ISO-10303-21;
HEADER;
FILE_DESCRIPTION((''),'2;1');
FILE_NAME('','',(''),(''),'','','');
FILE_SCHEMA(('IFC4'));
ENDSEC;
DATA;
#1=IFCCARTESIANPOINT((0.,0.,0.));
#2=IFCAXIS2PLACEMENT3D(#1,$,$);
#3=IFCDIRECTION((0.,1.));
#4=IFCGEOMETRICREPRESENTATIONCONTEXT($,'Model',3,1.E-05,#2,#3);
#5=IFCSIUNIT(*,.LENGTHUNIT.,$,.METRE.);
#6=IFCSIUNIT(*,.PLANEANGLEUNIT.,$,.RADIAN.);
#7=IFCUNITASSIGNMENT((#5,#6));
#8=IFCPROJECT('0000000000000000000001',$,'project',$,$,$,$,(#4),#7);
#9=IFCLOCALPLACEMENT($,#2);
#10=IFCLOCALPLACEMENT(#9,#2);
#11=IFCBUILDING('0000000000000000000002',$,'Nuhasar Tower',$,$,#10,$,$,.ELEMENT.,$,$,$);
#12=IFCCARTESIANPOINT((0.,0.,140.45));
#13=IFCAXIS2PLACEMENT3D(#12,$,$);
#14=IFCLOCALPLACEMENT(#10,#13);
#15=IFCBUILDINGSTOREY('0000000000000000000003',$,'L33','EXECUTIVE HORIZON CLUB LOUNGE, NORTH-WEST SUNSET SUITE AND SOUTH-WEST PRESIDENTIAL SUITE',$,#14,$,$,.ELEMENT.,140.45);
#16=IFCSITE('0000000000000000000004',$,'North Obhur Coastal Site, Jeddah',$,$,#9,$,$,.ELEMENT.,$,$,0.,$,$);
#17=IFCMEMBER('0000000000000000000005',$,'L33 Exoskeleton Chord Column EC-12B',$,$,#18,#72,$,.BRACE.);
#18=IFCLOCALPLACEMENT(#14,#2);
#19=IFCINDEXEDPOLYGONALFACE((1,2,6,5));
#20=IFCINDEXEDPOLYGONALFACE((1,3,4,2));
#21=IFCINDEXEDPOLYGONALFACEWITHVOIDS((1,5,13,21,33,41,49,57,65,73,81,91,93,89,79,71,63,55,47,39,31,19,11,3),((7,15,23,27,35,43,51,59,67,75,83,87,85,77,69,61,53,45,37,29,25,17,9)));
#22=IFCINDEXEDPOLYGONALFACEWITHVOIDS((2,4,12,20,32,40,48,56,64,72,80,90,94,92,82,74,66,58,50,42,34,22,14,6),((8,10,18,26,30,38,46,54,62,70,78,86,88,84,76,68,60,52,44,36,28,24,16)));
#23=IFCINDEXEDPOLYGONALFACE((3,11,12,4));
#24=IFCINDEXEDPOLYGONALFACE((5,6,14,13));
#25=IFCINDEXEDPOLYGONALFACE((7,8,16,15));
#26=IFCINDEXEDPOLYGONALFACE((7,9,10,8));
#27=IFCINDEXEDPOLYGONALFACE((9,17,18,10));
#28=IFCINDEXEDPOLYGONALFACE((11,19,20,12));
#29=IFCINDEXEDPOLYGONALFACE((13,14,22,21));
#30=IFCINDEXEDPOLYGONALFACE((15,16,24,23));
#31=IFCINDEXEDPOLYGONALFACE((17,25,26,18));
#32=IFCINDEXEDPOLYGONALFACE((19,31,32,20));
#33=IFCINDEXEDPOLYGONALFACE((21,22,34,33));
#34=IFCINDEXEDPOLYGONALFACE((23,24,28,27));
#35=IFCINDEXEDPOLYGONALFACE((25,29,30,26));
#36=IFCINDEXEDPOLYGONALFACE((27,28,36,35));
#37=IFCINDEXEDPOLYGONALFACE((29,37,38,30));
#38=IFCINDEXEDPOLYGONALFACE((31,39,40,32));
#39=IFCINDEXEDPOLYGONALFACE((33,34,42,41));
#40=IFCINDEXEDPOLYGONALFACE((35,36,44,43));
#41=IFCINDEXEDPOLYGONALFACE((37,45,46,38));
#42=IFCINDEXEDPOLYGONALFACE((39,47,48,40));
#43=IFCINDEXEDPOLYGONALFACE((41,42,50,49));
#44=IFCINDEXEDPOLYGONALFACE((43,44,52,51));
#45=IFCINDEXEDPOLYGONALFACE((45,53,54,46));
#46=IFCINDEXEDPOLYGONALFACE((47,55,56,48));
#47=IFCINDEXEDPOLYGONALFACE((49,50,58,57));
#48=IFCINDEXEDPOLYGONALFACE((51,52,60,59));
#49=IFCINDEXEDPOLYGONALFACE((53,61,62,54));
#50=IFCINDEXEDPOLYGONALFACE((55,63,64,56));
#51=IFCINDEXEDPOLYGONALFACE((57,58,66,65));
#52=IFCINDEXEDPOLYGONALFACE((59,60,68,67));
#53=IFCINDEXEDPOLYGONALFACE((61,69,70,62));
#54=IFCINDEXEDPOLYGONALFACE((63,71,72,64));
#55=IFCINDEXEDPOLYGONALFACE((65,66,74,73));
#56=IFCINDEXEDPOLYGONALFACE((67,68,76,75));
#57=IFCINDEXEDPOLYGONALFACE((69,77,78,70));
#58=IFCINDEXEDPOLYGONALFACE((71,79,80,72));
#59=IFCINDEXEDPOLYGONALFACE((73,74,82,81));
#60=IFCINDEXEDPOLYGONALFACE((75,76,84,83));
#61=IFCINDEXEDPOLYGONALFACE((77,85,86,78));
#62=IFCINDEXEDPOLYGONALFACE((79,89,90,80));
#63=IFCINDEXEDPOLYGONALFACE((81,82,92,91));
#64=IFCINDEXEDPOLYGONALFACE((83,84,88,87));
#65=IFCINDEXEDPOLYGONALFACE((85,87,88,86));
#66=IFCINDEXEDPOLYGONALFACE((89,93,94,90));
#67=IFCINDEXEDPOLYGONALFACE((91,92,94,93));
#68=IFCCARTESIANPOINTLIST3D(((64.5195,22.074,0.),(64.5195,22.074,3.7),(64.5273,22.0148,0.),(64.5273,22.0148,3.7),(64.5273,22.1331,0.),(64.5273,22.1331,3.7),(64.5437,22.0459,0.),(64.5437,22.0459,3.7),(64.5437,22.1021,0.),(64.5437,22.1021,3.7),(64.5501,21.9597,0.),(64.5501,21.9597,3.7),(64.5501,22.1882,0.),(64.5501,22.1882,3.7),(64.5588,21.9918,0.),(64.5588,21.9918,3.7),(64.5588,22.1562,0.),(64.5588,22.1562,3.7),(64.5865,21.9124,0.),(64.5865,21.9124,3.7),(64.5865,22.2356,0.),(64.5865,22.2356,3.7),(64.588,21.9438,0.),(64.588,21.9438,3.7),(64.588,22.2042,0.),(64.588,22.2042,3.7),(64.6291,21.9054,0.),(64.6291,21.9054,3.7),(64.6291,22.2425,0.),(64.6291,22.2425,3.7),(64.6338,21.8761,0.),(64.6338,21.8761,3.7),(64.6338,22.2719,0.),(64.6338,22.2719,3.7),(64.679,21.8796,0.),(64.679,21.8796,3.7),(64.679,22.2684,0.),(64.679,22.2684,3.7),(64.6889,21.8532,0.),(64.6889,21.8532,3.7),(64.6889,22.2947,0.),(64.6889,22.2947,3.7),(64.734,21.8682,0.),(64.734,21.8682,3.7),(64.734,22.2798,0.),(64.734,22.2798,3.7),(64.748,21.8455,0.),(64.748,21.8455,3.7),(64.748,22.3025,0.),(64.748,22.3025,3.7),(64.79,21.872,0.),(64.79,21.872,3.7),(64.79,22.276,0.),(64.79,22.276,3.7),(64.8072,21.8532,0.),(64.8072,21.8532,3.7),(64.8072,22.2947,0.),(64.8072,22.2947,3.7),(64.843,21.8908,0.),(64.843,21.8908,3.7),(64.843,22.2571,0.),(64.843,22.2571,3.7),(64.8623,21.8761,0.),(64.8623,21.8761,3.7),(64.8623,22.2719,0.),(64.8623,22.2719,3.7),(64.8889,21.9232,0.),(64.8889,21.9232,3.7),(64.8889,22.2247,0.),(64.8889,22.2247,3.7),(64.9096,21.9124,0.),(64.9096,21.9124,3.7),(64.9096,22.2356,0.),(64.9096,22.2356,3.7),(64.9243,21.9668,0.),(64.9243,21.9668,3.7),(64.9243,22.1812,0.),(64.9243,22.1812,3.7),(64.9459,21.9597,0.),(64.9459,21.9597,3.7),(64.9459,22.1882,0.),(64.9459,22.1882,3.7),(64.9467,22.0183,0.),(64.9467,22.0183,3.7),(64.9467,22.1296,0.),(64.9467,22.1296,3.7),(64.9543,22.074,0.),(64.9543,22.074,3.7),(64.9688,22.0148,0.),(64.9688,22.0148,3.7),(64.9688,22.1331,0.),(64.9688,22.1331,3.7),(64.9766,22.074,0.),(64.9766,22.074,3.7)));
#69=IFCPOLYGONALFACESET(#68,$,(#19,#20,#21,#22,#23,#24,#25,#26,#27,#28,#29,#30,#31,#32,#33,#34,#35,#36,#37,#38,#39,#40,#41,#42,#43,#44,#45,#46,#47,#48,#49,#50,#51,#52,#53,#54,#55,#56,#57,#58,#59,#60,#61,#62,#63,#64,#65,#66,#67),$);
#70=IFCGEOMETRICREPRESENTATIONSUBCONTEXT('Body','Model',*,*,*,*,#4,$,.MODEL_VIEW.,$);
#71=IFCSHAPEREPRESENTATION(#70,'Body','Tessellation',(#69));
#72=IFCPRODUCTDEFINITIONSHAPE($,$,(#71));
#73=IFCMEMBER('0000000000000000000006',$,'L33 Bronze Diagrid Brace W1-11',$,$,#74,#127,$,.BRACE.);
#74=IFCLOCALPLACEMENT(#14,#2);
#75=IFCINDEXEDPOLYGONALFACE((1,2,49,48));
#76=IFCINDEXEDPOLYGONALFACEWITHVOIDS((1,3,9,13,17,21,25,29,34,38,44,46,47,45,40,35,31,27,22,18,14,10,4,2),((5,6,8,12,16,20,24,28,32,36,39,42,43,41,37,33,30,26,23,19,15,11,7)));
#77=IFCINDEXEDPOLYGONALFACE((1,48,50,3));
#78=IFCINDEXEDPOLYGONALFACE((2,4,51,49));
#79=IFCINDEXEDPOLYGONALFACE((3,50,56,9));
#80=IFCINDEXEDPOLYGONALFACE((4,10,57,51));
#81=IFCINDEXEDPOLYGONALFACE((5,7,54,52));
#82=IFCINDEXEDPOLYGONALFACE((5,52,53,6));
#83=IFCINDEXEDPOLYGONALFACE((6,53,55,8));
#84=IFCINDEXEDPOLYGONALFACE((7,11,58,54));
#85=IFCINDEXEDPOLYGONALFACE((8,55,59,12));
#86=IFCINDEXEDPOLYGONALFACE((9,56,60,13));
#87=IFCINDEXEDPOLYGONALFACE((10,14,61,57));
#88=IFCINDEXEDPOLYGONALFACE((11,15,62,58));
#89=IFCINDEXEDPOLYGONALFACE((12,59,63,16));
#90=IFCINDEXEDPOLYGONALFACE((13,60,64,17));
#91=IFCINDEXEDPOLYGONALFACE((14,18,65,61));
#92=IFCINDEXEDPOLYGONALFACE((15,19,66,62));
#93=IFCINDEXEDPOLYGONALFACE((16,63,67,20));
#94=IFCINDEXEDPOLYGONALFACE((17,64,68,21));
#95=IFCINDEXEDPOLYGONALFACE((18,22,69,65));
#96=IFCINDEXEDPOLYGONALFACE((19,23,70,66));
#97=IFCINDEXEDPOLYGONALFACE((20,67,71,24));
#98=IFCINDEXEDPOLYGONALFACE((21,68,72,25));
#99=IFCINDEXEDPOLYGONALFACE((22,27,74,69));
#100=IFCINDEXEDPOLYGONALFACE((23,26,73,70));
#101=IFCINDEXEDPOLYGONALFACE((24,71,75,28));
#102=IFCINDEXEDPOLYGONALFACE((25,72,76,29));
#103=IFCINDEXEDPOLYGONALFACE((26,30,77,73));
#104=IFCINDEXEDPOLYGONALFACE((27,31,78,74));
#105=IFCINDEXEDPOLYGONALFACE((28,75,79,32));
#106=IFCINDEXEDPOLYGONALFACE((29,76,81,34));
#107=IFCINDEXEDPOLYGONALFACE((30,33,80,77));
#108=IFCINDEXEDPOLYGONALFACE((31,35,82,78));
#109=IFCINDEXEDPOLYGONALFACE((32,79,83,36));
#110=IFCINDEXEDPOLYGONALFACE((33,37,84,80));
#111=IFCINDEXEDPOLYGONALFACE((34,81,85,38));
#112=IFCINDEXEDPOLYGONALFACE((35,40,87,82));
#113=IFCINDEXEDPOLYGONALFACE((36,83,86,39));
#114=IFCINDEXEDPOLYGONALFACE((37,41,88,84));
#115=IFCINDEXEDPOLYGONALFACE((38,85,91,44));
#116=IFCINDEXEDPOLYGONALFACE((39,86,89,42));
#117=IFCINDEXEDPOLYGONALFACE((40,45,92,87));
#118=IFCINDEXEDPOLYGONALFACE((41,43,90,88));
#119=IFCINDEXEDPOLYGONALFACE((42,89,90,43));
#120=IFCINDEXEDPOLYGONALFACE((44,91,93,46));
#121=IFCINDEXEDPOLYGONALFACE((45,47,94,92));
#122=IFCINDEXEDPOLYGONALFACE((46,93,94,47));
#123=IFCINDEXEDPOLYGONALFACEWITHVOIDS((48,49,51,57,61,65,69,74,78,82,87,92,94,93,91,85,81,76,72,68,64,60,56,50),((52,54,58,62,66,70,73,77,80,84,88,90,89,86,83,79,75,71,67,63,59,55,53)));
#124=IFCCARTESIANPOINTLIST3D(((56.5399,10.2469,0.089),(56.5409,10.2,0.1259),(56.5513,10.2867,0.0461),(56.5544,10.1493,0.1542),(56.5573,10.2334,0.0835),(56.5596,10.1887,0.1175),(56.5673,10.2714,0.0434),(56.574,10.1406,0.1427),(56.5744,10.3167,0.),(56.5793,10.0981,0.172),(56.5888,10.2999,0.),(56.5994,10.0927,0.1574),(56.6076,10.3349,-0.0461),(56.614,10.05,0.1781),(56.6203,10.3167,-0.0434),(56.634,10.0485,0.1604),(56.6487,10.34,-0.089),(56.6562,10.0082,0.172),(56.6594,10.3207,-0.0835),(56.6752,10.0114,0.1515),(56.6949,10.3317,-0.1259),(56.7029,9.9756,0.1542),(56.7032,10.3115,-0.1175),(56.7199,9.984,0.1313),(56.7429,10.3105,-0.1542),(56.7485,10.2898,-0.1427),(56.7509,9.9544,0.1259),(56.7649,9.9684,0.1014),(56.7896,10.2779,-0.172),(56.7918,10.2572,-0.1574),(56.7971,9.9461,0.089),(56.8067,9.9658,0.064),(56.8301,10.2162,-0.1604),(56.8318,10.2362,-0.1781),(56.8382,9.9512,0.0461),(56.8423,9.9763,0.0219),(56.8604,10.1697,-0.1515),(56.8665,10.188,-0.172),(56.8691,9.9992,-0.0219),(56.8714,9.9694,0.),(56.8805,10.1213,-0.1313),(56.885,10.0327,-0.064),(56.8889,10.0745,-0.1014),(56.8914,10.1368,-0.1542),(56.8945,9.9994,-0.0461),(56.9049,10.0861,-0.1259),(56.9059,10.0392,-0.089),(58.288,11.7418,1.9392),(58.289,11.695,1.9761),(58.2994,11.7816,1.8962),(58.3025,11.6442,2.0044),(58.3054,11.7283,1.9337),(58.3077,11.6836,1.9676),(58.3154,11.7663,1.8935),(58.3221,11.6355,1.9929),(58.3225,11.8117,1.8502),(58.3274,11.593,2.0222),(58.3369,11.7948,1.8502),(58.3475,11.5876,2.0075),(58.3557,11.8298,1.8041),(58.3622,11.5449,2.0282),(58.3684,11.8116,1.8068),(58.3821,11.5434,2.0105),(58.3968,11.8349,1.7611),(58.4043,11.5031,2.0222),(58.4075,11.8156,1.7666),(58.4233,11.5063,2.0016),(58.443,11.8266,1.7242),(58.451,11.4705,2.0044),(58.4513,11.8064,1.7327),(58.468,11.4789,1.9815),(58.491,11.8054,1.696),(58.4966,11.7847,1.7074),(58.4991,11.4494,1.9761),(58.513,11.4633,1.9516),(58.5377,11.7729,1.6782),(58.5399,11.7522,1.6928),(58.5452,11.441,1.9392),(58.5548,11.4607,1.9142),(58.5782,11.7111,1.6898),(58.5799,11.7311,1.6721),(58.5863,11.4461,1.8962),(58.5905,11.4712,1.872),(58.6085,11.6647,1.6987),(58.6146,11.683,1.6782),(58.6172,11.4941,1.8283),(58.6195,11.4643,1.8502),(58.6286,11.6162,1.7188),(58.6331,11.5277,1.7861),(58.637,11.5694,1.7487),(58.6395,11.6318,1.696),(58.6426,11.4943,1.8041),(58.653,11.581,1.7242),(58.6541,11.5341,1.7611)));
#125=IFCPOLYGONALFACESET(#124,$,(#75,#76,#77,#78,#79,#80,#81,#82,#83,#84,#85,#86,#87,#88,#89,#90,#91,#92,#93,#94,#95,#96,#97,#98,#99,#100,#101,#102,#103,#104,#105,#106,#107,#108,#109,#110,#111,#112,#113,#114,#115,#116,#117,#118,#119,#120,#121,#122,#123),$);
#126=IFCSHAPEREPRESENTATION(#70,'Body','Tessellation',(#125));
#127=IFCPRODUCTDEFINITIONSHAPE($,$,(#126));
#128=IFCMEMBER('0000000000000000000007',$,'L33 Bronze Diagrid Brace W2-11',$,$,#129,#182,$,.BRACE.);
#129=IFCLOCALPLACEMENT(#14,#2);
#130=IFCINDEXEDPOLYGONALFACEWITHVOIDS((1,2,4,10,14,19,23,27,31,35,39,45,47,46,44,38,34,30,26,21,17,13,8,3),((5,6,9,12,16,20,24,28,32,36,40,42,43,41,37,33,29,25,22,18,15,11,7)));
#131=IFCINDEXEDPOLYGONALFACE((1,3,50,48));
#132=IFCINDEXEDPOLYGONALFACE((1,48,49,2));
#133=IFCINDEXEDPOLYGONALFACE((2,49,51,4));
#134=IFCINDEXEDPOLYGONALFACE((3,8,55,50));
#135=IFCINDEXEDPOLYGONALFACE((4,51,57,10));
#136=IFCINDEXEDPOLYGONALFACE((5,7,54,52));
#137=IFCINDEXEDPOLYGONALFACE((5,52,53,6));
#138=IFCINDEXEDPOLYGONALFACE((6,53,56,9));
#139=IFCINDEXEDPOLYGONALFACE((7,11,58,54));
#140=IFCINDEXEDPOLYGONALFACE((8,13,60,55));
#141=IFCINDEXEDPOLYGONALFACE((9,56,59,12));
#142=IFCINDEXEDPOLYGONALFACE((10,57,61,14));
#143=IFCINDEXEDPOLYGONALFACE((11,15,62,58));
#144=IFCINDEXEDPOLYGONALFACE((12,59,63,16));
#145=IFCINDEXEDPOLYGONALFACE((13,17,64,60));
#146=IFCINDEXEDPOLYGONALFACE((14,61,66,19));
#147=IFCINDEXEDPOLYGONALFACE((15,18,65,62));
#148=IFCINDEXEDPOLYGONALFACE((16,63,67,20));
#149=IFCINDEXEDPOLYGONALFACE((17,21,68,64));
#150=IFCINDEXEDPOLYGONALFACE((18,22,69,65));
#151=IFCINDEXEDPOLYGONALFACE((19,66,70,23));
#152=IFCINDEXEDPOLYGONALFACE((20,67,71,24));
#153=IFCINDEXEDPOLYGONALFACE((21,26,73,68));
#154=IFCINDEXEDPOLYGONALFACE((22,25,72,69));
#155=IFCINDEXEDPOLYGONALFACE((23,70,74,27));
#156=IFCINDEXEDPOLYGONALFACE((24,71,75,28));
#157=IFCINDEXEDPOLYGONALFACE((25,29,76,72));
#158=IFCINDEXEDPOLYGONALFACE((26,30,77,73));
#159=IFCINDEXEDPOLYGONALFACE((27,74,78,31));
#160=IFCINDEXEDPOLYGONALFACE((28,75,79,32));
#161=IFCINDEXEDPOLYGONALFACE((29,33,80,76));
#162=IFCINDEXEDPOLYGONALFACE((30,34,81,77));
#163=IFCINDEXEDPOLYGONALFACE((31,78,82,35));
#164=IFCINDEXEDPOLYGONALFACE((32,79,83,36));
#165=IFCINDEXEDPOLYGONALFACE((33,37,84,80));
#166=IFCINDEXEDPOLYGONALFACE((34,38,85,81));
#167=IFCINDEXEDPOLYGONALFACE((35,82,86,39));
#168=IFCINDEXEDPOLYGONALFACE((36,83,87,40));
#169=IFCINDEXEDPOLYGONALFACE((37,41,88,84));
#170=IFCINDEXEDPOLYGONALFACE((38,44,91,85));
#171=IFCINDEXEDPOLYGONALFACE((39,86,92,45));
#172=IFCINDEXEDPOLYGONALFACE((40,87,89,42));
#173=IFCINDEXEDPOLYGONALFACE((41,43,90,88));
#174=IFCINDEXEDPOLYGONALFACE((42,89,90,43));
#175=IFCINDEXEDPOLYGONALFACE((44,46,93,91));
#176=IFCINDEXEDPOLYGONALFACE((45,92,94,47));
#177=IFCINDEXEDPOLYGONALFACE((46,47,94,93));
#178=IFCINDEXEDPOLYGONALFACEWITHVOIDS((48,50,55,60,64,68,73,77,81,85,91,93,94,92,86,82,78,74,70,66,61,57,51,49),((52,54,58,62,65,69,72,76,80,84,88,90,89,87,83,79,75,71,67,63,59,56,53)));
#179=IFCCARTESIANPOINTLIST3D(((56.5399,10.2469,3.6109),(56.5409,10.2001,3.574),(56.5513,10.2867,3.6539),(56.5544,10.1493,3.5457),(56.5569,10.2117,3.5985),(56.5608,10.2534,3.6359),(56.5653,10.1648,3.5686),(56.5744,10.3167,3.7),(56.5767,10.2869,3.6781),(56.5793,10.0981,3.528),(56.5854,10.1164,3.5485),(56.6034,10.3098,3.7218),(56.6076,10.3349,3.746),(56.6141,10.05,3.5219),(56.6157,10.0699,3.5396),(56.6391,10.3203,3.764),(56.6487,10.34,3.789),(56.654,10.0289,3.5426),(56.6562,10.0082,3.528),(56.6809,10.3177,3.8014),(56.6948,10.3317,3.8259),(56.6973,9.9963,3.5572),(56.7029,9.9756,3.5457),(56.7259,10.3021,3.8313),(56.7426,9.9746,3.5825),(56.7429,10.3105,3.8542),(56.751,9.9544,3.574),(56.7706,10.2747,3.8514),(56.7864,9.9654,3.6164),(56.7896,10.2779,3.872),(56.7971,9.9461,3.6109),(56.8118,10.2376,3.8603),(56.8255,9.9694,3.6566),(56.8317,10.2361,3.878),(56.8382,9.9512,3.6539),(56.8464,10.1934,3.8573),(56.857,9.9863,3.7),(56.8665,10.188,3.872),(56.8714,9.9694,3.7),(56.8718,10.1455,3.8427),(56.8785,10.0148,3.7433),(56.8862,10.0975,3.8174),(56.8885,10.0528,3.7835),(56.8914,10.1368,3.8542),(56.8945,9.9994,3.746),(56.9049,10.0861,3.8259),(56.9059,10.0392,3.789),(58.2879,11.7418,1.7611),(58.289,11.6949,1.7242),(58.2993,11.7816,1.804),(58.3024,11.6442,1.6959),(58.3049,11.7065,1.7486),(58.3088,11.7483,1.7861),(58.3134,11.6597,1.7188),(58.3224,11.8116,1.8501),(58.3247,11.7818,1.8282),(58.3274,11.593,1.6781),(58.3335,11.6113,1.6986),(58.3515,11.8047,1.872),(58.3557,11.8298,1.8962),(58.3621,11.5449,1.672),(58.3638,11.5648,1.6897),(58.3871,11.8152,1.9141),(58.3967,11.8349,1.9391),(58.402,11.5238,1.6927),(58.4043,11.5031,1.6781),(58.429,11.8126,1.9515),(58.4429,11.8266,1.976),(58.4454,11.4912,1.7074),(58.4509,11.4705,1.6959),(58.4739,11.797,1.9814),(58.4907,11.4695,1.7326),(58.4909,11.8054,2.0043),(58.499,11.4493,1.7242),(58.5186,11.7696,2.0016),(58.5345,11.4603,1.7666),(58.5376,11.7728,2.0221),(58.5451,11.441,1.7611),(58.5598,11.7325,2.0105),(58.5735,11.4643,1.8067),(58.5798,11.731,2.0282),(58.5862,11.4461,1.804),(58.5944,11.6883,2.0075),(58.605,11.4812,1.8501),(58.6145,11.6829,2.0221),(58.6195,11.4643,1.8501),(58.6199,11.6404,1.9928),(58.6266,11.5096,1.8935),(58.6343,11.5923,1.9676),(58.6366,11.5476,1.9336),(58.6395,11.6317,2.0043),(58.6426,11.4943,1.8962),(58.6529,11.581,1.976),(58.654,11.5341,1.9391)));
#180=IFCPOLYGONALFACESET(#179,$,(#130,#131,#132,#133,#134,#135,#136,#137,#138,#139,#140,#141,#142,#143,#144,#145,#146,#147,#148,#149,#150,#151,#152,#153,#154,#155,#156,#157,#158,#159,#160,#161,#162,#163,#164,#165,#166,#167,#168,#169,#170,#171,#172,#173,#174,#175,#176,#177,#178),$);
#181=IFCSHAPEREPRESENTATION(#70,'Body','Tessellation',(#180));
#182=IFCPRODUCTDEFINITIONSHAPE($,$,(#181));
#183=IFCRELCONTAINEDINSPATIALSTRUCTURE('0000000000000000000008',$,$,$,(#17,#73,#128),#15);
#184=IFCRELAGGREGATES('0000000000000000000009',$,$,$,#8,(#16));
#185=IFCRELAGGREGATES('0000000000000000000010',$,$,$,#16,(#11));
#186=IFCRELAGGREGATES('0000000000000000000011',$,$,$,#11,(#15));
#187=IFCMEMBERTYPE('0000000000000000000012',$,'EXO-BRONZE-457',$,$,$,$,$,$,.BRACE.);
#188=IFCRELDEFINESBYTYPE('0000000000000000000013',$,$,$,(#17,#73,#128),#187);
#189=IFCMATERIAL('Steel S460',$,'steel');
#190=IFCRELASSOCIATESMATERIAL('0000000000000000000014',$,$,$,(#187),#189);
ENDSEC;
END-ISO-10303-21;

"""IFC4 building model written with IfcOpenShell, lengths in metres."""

from ifc_helpers import new_model, si_unit, direction, frame, origin, origin_2d, place, context, subcontext, project, spatial, hollow_circle, extrude, material, material_profile, profile_set, type_object, element, save


model = new_model("IFC4")

# Units and contexts
model_context = context("Model", 3, precision=1e-05, world=origin(), true_north=direction((0.0, 1.0)))
body_context = subcontext(model_context, "Body", "Model", "MODEL_VIEW")
ifc_project = project(units=[si_unit("LENGTHUNIT", "METRE"), si_unit("PLANEANGLEUNIT", "RADIAN")], contexts=[model_context])

# Site, building, storey
site_placement = place(None, origin())
site = spatial("IfcSite", under=ifc_project, at=site_placement, Name="North Obhur Coastal Site, Jeddah", CompositionType="ELEMENT", RefElevation=0.0)
building_placement = place(site_placement, origin())
building = spatial("IfcBuilding", under=site, at=building_placement, Name="Nuhasar Tower", CompositionType="ELEMENT")
storey_placement = place(building_placement, frame((0.0, 0.0, 140.45)))
storey = spatial("IfcBuildingStorey", under=building, at=storey_placement, Name="L33", Description="EXECUTIVE HORIZON CLUB LOUNGE, NORTH-WEST SUNSET SUITE AND SOUTH-WEST PRESIDENTIAL SUITE", CompositionType="ELEMENT", Elevation=140.45)

# Members
ifc_material_1 = material(Name="Steel S460", Category="steel")
ifc_material_profile_1 = material_profile(ifc_material_1, hollow_circle(Radius=0.2285, WallThickness=0.0222, at=origin_2d()), Name="HSS457X22.2")
ifc_profile_set_1 = profile_set([ifc_material_profile_1], Name="Steel S460")
member_type_1 = type_object("IfcMemberType", Name="EXO-BRONZE-457", PredefinedType="BRACE", material=ifc_profile_set_1)
for number, where, z_axis, x_axis, name in (
    (1, (64.748, 22.074, 0.0), (0.0, 0.0, 1.0), (1.0, 0.0, 0.0), "L33 Exoskeleton Chord Column EC-12B"),
):
    element("IfcMember", number, at=place(storey_placement, frame(where, z_axis=z_axis, x_axis=x_axis)), inside=storey, type_object=member_type_1, Name=name, PredefinedType="BRACE", context=body_context, shape_type="SweptSolid", body=[
        extrude(hollow_circle(Radius=0.2285, WallThickness=0.0222, at=origin_2d()), origin(), (0.0, 0.0, 1.0), 3.7),
    ])
member_1_placement = place(storey_placement, frame((56.7229, 10.1431, 0.0), z_axis=(0.592195, 0.506426, 0.626767), x_axis=(-0.649926, 0.759998, 0.0)))
element("IfcMember", 2, at=member_1_placement, inside=storey, type_object=member_type_1, Name="L33 Bronze Diagrid Brace W1-11", PredefinedType="BRACE", context=body_context, shape_type="SweptSolid", body=[
    extrude(hollow_circle(Radius=0.2285, WallThickness=0.0222, at=origin_2d()), origin(), (0.0, 0.0, 1.0), 2.9519),
])
member_2_placement = place(storey_placement, frame((58.4709, 11.6379, 1.8501), z_axis=(-0.592226, -0.506452, 0.626717), x_axis=(0.649926, -0.759998, 0.0)))
element("IfcMember", 3, at=member_2_placement, inside=storey, type_object=member_type_1, Name="L33 Bronze Diagrid Brace W2-11", PredefinedType="BRACE", context=body_context, shape_type="SweptSolid", body=[
    extrude(hollow_circle(Radius=0.2285, WallThickness=0.0222, at=origin_2d()), origin(), (0.0, 0.0, 1.0), 2.9517),
])

save(model, "model.ifc")
